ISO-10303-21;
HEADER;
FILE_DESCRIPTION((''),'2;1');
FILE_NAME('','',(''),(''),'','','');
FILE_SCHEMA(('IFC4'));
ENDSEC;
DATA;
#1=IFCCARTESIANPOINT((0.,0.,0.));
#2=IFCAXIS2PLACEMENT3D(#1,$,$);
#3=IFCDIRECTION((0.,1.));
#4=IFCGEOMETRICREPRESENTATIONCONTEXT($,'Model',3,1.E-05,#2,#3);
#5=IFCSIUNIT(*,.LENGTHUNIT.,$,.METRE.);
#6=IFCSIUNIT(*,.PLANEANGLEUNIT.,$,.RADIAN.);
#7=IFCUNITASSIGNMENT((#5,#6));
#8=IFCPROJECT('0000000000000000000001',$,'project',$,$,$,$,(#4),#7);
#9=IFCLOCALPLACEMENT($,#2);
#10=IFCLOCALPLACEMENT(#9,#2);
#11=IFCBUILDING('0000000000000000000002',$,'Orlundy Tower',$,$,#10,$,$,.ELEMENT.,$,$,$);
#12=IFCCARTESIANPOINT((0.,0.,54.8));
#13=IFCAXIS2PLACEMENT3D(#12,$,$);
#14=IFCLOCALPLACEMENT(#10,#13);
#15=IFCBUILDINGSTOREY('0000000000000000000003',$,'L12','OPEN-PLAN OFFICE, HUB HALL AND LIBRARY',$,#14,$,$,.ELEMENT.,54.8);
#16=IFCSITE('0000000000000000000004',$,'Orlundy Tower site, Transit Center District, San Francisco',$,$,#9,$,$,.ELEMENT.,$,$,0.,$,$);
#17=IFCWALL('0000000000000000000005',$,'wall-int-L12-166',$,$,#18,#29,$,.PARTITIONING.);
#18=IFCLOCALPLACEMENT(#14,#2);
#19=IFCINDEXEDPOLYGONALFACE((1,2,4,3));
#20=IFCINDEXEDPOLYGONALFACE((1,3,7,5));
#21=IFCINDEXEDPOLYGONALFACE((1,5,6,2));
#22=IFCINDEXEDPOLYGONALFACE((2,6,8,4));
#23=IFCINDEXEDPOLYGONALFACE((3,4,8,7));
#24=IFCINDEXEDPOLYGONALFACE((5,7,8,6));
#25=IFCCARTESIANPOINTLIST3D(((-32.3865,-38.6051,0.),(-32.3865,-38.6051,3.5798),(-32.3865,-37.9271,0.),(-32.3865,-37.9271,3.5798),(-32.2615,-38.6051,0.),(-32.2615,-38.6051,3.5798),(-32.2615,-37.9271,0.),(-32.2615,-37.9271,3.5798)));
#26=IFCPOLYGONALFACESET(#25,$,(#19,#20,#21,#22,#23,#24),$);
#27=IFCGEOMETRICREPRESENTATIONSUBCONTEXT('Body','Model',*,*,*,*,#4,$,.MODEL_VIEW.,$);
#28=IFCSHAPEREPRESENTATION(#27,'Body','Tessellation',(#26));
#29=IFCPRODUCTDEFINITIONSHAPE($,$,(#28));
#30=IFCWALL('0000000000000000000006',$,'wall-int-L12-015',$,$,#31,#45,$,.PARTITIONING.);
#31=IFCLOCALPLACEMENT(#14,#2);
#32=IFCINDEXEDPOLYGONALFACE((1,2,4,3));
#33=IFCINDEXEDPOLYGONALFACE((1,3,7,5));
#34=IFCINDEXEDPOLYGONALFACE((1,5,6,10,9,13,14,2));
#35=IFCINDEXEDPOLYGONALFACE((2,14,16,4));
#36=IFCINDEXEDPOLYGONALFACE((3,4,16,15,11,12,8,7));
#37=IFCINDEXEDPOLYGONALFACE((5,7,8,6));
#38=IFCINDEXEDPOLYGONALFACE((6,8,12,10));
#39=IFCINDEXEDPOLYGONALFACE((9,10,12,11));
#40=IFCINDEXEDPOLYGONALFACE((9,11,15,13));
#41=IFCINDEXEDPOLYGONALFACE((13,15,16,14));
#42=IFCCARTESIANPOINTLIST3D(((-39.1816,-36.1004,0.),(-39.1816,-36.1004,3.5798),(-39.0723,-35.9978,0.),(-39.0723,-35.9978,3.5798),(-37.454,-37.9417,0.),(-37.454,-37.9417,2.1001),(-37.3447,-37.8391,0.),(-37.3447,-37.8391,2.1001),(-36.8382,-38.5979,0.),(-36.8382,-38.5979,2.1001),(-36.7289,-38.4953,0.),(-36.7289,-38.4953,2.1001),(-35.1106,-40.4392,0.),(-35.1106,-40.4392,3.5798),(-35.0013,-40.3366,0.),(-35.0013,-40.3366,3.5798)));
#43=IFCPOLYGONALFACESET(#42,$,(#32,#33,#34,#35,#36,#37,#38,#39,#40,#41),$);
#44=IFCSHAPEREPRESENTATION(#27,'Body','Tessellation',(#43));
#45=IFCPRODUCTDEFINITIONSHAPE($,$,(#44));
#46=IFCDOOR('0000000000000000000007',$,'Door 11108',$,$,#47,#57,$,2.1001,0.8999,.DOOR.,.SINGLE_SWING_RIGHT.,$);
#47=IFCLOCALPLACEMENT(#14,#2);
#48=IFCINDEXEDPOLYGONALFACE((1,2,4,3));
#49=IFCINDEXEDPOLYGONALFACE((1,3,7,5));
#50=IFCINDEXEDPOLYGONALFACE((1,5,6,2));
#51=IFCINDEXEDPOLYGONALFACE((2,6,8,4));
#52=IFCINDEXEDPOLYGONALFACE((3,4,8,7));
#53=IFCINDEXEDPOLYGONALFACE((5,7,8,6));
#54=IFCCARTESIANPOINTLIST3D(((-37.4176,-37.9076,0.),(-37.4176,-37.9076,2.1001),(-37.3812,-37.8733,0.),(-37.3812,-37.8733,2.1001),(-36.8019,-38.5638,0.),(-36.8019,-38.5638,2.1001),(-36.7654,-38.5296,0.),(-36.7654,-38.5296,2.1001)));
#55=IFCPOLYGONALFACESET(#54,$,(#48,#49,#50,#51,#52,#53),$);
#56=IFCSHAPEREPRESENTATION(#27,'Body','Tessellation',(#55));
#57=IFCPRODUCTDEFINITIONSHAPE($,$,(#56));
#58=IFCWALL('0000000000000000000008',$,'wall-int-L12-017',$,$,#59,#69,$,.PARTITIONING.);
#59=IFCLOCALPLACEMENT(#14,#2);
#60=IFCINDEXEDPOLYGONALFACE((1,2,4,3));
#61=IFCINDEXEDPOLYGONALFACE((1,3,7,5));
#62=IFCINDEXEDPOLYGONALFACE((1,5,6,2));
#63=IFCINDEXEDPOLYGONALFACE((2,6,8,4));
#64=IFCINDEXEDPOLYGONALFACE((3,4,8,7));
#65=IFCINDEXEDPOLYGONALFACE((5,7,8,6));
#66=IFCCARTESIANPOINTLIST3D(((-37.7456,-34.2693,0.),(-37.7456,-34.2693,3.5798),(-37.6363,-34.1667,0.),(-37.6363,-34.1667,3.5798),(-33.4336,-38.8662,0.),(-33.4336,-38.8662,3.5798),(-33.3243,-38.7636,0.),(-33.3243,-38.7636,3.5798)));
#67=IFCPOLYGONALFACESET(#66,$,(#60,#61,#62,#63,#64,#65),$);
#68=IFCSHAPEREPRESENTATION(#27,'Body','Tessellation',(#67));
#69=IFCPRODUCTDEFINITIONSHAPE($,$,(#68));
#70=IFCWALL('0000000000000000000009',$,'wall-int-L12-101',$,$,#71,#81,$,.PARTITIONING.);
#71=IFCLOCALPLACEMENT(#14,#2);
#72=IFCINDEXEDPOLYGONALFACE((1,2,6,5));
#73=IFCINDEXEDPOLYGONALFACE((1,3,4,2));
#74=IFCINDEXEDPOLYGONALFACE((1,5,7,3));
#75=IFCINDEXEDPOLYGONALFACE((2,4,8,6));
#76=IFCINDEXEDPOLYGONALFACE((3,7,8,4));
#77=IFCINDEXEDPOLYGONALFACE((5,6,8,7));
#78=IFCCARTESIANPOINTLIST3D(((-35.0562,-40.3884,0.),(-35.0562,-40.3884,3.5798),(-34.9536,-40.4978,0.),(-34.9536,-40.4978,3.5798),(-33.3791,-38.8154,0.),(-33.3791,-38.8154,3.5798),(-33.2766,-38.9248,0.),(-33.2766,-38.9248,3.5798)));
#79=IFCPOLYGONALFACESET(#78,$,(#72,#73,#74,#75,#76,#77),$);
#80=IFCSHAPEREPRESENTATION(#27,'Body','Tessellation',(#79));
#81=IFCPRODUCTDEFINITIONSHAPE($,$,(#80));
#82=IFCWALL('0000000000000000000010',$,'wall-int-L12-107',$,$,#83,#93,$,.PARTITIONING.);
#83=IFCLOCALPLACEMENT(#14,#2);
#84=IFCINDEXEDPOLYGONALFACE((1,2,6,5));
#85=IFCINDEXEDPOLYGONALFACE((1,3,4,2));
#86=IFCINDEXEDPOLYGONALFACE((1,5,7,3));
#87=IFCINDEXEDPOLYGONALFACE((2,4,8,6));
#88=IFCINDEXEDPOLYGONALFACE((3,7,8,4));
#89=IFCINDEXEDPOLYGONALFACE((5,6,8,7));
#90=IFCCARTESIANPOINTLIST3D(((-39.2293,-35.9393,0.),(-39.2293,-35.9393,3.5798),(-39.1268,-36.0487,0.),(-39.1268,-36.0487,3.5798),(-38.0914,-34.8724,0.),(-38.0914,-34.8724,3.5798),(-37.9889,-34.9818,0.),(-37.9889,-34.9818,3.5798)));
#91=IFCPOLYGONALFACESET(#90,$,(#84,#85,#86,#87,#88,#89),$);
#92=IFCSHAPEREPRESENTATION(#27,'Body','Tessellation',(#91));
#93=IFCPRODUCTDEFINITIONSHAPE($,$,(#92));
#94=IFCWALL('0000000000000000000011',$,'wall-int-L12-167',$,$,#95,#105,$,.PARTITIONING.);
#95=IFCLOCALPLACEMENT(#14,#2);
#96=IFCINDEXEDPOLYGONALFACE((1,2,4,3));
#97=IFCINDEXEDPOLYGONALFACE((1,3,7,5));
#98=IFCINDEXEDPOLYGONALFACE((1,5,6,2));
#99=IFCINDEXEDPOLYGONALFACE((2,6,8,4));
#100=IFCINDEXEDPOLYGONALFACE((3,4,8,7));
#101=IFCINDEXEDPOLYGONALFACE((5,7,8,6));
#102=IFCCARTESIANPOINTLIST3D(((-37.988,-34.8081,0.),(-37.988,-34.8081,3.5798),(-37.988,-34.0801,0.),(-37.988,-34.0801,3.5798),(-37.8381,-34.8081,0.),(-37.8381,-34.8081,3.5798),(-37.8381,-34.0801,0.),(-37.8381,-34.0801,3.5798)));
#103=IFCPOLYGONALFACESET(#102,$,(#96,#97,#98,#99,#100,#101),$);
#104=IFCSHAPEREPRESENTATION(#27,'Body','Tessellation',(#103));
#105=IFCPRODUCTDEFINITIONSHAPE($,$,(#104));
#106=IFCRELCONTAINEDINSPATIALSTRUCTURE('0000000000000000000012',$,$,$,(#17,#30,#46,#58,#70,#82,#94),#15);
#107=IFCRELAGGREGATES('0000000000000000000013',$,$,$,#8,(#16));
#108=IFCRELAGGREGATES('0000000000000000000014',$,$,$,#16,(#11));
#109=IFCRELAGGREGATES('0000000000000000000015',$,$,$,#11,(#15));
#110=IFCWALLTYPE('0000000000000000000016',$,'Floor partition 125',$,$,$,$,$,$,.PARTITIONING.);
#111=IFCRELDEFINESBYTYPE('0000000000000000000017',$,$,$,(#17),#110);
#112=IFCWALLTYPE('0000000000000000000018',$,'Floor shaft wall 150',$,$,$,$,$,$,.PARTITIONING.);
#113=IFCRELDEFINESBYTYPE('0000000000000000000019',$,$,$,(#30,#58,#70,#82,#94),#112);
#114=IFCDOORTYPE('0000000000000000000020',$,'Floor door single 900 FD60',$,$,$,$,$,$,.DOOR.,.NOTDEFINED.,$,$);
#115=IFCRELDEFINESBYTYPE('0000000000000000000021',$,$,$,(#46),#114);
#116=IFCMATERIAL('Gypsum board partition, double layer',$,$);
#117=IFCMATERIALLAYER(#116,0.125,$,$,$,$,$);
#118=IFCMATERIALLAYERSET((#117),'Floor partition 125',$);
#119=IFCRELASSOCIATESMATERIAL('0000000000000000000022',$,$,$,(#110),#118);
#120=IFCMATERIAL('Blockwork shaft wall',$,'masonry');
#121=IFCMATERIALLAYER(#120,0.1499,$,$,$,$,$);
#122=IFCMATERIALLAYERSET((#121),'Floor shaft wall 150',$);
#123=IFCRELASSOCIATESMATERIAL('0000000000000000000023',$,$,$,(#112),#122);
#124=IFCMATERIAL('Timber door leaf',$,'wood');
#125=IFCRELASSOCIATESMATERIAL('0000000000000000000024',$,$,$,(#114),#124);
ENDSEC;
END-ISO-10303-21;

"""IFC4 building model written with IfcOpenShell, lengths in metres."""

from ifc_helpers import new_model, si_unit, direction, frame, frame_2d, origin, place, context, subcontext, project, spatial, rectangle, extrude, material, layer, layer_set, type_object, element, fill, save


model = new_model("IFC4")

# Units and contexts
model_context = context("Model", 3, precision=1e-05, world=origin(), true_north=direction((0.0, 1.0)))
body_context = subcontext(model_context, "Body", "Model", "MODEL_VIEW")
ifc_project = project(units=[si_unit("LENGTHUNIT", "METRE"), si_unit("PLANEANGLEUNIT", "RADIAN")], contexts=[model_context])

# Site, building, storey
site_placement = place(None, origin())
site = spatial("IfcSite", under=ifc_project, at=site_placement, Name="Orlundy Tower site, Transit Center District, San Francisco", CompositionType="ELEMENT", RefElevation=0.0)
building_placement = place(site_placement, origin())
building = spatial("IfcBuilding", under=site, at=building_placement, Name="Orlundy Tower", CompositionType="ELEMENT")
storey_placement = place(building_placement, frame((0.0, 0.0, 54.8)))
storey = spatial("IfcBuildingStorey", under=building, at=storey_placement, Name="L12", Description="OPEN-PLAN OFFICE, HUB HALL AND LIBRARY", CompositionType="ELEMENT", Elevation=54.8)

# Shared definitions
ifc_material_1 = material(Name="Gypsum board partition, double layer")
ifc_layer_1 = layer(ifc_material_1, 0.125)
ifc_layer_set_1 = layer_set([ifc_layer_1], Name="Floor partition 125")
wall_type_1 = type_object("IfcWallType", Name="Floor partition 125", PredefinedType="PARTITIONING", material=ifc_layer_set_1)

# Wall
wall_1_placement = place(storey_placement, frame((-32.324, -38.605, 0.0), z_axis=(0.0, 0.0, 1.0), x_axis=(0.0, 1.0, 0.0)))
element("IfcWall", 1, at=wall_1_placement, inside=storey, type_object=wall_type_1, Name="wall-int-L12-166", PredefinedType="PARTITIONING", context=body_context, shape_type="SweptSolid", body=[
    extrude(rectangle(XDim=0.678, YDim=0.125, at=frame_2d((0.3389, 0.0))), origin(), (0.0, 0.0, 1.0), 3.5798),
])

# Wall, opening, door
ifc_material_2 = material(Name="Blockwork shaft wall", Category="masonry")
ifc_layer_2 = layer(ifc_material_2, 0.1499)
ifc_layer_set_2 = layer_set([ifc_layer_2], Name="Floor shaft wall 150")
wall_type_2 = type_object("IfcWallType", Name="Floor shaft wall 150", PredefinedType="PARTITIONING", material=ifc_layer_set_2)
wall_2_placement = place(storey_placement, frame((-39.127, -36.0491, 0.0), z_axis=(0.0, 0.0, 1.0), x_axis=(0.684241, -0.729256, 0.0)))
wall_2 = element("IfcWall", 2, at=wall_2_placement, inside=storey, type_object=wall_type_2, Name="wall-int-L12-015", PredefinedType="PARTITIONING", context=body_context, shape_type="SweptSolid", body=[
    extrude(rectangle(XDim=5.9497, YDim=0.1499, at=frame_2d((2.9749, 0.0))), origin(), (0.0, 0.0, 1.0), 3.5798),
])
opening_1_placement = place(wall_2_placement, frame((2.5249, 0.0, 0.0)))
opening_1 = element("IfcOpeningElement", 3, at=opening_1_placement, cuts=wall_2, PredefinedType="OPENING", context=body_context, shape_type="SweptSolid", body=[
    extrude(rectangle(XDim=0.8999, YDim=2.1001, at=frame_2d((0.45, 1.05))), frame((0.0, 0.085, 0.0), z_axis=(0.0, -1.0, 0.0), x_axis=(1.0, 0.0, 0.0)), (0.0, 0.0, 1.0), 0.1699),
])
ifc_material_3 = material(Name="Timber door leaf", Category="wood")
door_type_1 = type_object("IfcDoorType", Name="Floor door single 900 FD60", OperationType="NOTDEFINED", PredefinedType="DOOR", material=ifc_material_3)
door_1_placement = place(opening_1_placement, origin())
door_1 = element("IfcDoor", 4, at=door_1_placement, inside=storey, type_object=door_type_1, Name="Door 11108", OperationType="SINGLE_SWING_RIGHT", OverallHeight=2.1001, OverallWidth=0.8999, PredefinedType="DOOR", context=body_context, shape_type="SweptSolid", body=[
    extrude(rectangle(XDim=0.8999, YDim=2.1001, at=frame_2d((0.45, 1.05))), frame((0.0, 0.0249, 0.0), z_axis=(0.0, -1.0, 0.0), x_axis=(1.0, 0.0, 0.0)), (0.0, 0.0, 1.0), 0.05),
])
fill(opening_1, door_1)

# Walls
wall_3_placement = place(storey_placement, frame((-37.6909, -34.218, 0.0), z_axis=(0.0, 0.0, 1.0), x_axis=(0.684143, -0.729348, 0.0)))
element("IfcWall", 5, at=wall_3_placement, inside=storey, type_object=wall_type_2, Name="wall-int-L12-017", PredefinedType="PARTITIONING", context=body_context, shape_type="SweptSolid", body=[
    extrude(rectangle(XDim=6.3027, YDim=0.1499, at=frame_2d((3.1514, 0.0))), origin(), (0.0, 0.0, 1.0), 3.5798),
])
wall_4_placement = place(storey_placement, frame((-35.0049, -40.4431, 0.0), z_axis=(0.0, 0.0, 1.0), x_axis=(0.729362, 0.684128, 0.0)))
element("IfcWall", 6, at=wall_4_placement, inside=storey, type_object=wall_type_2, Name="wall-int-L12-101", PredefinedType="PARTITIONING", context=body_context, shape_type="SweptSolid", body=[
    extrude(rectangle(XDim=2.2993, YDim=0.1499, at=frame_2d((1.1497, 0.0))), origin(), (0.0, 0.0, 1.0), 3.5798),
])
wall_5_placement = place(storey_placement, frame((-39.178, -35.9939, 0.0), z_axis=(0.0, 0.0, 1.0), x_axis=(0.729513, 0.683967, 0.0)))
element("IfcWall", 7, at=wall_5_placement, inside=storey, type_object=wall_type_2, Name="wall-int-L12-107", PredefinedType="PARTITIONING", context=body_context, shape_type="SweptSolid", body=[
    extrude(rectangle(XDim=1.5598, YDim=0.1499, at=frame_2d((0.7798, 0.0))), origin(), (0.0, 0.0, 1.0), 3.5798),
])
wall_6_placement = place(storey_placement, frame((-37.9131, -34.8081, 0.0), z_axis=(0.0, 0.0, 1.0), x_axis=(0.0, 1.0, 0.0)))
element("IfcWall", 8, at=wall_6_placement, inside=storey, type_object=wall_type_2, Name="wall-int-L12-167", PredefinedType="PARTITIONING", context=body_context, shape_type="SweptSolid", body=[
    extrude(rectangle(XDim=0.728, YDim=0.1499, at=frame_2d((0.364, 0.0))), origin(), (0.0, 0.0, 1.0), 3.5798),
])

save(model, "model.ifc")
